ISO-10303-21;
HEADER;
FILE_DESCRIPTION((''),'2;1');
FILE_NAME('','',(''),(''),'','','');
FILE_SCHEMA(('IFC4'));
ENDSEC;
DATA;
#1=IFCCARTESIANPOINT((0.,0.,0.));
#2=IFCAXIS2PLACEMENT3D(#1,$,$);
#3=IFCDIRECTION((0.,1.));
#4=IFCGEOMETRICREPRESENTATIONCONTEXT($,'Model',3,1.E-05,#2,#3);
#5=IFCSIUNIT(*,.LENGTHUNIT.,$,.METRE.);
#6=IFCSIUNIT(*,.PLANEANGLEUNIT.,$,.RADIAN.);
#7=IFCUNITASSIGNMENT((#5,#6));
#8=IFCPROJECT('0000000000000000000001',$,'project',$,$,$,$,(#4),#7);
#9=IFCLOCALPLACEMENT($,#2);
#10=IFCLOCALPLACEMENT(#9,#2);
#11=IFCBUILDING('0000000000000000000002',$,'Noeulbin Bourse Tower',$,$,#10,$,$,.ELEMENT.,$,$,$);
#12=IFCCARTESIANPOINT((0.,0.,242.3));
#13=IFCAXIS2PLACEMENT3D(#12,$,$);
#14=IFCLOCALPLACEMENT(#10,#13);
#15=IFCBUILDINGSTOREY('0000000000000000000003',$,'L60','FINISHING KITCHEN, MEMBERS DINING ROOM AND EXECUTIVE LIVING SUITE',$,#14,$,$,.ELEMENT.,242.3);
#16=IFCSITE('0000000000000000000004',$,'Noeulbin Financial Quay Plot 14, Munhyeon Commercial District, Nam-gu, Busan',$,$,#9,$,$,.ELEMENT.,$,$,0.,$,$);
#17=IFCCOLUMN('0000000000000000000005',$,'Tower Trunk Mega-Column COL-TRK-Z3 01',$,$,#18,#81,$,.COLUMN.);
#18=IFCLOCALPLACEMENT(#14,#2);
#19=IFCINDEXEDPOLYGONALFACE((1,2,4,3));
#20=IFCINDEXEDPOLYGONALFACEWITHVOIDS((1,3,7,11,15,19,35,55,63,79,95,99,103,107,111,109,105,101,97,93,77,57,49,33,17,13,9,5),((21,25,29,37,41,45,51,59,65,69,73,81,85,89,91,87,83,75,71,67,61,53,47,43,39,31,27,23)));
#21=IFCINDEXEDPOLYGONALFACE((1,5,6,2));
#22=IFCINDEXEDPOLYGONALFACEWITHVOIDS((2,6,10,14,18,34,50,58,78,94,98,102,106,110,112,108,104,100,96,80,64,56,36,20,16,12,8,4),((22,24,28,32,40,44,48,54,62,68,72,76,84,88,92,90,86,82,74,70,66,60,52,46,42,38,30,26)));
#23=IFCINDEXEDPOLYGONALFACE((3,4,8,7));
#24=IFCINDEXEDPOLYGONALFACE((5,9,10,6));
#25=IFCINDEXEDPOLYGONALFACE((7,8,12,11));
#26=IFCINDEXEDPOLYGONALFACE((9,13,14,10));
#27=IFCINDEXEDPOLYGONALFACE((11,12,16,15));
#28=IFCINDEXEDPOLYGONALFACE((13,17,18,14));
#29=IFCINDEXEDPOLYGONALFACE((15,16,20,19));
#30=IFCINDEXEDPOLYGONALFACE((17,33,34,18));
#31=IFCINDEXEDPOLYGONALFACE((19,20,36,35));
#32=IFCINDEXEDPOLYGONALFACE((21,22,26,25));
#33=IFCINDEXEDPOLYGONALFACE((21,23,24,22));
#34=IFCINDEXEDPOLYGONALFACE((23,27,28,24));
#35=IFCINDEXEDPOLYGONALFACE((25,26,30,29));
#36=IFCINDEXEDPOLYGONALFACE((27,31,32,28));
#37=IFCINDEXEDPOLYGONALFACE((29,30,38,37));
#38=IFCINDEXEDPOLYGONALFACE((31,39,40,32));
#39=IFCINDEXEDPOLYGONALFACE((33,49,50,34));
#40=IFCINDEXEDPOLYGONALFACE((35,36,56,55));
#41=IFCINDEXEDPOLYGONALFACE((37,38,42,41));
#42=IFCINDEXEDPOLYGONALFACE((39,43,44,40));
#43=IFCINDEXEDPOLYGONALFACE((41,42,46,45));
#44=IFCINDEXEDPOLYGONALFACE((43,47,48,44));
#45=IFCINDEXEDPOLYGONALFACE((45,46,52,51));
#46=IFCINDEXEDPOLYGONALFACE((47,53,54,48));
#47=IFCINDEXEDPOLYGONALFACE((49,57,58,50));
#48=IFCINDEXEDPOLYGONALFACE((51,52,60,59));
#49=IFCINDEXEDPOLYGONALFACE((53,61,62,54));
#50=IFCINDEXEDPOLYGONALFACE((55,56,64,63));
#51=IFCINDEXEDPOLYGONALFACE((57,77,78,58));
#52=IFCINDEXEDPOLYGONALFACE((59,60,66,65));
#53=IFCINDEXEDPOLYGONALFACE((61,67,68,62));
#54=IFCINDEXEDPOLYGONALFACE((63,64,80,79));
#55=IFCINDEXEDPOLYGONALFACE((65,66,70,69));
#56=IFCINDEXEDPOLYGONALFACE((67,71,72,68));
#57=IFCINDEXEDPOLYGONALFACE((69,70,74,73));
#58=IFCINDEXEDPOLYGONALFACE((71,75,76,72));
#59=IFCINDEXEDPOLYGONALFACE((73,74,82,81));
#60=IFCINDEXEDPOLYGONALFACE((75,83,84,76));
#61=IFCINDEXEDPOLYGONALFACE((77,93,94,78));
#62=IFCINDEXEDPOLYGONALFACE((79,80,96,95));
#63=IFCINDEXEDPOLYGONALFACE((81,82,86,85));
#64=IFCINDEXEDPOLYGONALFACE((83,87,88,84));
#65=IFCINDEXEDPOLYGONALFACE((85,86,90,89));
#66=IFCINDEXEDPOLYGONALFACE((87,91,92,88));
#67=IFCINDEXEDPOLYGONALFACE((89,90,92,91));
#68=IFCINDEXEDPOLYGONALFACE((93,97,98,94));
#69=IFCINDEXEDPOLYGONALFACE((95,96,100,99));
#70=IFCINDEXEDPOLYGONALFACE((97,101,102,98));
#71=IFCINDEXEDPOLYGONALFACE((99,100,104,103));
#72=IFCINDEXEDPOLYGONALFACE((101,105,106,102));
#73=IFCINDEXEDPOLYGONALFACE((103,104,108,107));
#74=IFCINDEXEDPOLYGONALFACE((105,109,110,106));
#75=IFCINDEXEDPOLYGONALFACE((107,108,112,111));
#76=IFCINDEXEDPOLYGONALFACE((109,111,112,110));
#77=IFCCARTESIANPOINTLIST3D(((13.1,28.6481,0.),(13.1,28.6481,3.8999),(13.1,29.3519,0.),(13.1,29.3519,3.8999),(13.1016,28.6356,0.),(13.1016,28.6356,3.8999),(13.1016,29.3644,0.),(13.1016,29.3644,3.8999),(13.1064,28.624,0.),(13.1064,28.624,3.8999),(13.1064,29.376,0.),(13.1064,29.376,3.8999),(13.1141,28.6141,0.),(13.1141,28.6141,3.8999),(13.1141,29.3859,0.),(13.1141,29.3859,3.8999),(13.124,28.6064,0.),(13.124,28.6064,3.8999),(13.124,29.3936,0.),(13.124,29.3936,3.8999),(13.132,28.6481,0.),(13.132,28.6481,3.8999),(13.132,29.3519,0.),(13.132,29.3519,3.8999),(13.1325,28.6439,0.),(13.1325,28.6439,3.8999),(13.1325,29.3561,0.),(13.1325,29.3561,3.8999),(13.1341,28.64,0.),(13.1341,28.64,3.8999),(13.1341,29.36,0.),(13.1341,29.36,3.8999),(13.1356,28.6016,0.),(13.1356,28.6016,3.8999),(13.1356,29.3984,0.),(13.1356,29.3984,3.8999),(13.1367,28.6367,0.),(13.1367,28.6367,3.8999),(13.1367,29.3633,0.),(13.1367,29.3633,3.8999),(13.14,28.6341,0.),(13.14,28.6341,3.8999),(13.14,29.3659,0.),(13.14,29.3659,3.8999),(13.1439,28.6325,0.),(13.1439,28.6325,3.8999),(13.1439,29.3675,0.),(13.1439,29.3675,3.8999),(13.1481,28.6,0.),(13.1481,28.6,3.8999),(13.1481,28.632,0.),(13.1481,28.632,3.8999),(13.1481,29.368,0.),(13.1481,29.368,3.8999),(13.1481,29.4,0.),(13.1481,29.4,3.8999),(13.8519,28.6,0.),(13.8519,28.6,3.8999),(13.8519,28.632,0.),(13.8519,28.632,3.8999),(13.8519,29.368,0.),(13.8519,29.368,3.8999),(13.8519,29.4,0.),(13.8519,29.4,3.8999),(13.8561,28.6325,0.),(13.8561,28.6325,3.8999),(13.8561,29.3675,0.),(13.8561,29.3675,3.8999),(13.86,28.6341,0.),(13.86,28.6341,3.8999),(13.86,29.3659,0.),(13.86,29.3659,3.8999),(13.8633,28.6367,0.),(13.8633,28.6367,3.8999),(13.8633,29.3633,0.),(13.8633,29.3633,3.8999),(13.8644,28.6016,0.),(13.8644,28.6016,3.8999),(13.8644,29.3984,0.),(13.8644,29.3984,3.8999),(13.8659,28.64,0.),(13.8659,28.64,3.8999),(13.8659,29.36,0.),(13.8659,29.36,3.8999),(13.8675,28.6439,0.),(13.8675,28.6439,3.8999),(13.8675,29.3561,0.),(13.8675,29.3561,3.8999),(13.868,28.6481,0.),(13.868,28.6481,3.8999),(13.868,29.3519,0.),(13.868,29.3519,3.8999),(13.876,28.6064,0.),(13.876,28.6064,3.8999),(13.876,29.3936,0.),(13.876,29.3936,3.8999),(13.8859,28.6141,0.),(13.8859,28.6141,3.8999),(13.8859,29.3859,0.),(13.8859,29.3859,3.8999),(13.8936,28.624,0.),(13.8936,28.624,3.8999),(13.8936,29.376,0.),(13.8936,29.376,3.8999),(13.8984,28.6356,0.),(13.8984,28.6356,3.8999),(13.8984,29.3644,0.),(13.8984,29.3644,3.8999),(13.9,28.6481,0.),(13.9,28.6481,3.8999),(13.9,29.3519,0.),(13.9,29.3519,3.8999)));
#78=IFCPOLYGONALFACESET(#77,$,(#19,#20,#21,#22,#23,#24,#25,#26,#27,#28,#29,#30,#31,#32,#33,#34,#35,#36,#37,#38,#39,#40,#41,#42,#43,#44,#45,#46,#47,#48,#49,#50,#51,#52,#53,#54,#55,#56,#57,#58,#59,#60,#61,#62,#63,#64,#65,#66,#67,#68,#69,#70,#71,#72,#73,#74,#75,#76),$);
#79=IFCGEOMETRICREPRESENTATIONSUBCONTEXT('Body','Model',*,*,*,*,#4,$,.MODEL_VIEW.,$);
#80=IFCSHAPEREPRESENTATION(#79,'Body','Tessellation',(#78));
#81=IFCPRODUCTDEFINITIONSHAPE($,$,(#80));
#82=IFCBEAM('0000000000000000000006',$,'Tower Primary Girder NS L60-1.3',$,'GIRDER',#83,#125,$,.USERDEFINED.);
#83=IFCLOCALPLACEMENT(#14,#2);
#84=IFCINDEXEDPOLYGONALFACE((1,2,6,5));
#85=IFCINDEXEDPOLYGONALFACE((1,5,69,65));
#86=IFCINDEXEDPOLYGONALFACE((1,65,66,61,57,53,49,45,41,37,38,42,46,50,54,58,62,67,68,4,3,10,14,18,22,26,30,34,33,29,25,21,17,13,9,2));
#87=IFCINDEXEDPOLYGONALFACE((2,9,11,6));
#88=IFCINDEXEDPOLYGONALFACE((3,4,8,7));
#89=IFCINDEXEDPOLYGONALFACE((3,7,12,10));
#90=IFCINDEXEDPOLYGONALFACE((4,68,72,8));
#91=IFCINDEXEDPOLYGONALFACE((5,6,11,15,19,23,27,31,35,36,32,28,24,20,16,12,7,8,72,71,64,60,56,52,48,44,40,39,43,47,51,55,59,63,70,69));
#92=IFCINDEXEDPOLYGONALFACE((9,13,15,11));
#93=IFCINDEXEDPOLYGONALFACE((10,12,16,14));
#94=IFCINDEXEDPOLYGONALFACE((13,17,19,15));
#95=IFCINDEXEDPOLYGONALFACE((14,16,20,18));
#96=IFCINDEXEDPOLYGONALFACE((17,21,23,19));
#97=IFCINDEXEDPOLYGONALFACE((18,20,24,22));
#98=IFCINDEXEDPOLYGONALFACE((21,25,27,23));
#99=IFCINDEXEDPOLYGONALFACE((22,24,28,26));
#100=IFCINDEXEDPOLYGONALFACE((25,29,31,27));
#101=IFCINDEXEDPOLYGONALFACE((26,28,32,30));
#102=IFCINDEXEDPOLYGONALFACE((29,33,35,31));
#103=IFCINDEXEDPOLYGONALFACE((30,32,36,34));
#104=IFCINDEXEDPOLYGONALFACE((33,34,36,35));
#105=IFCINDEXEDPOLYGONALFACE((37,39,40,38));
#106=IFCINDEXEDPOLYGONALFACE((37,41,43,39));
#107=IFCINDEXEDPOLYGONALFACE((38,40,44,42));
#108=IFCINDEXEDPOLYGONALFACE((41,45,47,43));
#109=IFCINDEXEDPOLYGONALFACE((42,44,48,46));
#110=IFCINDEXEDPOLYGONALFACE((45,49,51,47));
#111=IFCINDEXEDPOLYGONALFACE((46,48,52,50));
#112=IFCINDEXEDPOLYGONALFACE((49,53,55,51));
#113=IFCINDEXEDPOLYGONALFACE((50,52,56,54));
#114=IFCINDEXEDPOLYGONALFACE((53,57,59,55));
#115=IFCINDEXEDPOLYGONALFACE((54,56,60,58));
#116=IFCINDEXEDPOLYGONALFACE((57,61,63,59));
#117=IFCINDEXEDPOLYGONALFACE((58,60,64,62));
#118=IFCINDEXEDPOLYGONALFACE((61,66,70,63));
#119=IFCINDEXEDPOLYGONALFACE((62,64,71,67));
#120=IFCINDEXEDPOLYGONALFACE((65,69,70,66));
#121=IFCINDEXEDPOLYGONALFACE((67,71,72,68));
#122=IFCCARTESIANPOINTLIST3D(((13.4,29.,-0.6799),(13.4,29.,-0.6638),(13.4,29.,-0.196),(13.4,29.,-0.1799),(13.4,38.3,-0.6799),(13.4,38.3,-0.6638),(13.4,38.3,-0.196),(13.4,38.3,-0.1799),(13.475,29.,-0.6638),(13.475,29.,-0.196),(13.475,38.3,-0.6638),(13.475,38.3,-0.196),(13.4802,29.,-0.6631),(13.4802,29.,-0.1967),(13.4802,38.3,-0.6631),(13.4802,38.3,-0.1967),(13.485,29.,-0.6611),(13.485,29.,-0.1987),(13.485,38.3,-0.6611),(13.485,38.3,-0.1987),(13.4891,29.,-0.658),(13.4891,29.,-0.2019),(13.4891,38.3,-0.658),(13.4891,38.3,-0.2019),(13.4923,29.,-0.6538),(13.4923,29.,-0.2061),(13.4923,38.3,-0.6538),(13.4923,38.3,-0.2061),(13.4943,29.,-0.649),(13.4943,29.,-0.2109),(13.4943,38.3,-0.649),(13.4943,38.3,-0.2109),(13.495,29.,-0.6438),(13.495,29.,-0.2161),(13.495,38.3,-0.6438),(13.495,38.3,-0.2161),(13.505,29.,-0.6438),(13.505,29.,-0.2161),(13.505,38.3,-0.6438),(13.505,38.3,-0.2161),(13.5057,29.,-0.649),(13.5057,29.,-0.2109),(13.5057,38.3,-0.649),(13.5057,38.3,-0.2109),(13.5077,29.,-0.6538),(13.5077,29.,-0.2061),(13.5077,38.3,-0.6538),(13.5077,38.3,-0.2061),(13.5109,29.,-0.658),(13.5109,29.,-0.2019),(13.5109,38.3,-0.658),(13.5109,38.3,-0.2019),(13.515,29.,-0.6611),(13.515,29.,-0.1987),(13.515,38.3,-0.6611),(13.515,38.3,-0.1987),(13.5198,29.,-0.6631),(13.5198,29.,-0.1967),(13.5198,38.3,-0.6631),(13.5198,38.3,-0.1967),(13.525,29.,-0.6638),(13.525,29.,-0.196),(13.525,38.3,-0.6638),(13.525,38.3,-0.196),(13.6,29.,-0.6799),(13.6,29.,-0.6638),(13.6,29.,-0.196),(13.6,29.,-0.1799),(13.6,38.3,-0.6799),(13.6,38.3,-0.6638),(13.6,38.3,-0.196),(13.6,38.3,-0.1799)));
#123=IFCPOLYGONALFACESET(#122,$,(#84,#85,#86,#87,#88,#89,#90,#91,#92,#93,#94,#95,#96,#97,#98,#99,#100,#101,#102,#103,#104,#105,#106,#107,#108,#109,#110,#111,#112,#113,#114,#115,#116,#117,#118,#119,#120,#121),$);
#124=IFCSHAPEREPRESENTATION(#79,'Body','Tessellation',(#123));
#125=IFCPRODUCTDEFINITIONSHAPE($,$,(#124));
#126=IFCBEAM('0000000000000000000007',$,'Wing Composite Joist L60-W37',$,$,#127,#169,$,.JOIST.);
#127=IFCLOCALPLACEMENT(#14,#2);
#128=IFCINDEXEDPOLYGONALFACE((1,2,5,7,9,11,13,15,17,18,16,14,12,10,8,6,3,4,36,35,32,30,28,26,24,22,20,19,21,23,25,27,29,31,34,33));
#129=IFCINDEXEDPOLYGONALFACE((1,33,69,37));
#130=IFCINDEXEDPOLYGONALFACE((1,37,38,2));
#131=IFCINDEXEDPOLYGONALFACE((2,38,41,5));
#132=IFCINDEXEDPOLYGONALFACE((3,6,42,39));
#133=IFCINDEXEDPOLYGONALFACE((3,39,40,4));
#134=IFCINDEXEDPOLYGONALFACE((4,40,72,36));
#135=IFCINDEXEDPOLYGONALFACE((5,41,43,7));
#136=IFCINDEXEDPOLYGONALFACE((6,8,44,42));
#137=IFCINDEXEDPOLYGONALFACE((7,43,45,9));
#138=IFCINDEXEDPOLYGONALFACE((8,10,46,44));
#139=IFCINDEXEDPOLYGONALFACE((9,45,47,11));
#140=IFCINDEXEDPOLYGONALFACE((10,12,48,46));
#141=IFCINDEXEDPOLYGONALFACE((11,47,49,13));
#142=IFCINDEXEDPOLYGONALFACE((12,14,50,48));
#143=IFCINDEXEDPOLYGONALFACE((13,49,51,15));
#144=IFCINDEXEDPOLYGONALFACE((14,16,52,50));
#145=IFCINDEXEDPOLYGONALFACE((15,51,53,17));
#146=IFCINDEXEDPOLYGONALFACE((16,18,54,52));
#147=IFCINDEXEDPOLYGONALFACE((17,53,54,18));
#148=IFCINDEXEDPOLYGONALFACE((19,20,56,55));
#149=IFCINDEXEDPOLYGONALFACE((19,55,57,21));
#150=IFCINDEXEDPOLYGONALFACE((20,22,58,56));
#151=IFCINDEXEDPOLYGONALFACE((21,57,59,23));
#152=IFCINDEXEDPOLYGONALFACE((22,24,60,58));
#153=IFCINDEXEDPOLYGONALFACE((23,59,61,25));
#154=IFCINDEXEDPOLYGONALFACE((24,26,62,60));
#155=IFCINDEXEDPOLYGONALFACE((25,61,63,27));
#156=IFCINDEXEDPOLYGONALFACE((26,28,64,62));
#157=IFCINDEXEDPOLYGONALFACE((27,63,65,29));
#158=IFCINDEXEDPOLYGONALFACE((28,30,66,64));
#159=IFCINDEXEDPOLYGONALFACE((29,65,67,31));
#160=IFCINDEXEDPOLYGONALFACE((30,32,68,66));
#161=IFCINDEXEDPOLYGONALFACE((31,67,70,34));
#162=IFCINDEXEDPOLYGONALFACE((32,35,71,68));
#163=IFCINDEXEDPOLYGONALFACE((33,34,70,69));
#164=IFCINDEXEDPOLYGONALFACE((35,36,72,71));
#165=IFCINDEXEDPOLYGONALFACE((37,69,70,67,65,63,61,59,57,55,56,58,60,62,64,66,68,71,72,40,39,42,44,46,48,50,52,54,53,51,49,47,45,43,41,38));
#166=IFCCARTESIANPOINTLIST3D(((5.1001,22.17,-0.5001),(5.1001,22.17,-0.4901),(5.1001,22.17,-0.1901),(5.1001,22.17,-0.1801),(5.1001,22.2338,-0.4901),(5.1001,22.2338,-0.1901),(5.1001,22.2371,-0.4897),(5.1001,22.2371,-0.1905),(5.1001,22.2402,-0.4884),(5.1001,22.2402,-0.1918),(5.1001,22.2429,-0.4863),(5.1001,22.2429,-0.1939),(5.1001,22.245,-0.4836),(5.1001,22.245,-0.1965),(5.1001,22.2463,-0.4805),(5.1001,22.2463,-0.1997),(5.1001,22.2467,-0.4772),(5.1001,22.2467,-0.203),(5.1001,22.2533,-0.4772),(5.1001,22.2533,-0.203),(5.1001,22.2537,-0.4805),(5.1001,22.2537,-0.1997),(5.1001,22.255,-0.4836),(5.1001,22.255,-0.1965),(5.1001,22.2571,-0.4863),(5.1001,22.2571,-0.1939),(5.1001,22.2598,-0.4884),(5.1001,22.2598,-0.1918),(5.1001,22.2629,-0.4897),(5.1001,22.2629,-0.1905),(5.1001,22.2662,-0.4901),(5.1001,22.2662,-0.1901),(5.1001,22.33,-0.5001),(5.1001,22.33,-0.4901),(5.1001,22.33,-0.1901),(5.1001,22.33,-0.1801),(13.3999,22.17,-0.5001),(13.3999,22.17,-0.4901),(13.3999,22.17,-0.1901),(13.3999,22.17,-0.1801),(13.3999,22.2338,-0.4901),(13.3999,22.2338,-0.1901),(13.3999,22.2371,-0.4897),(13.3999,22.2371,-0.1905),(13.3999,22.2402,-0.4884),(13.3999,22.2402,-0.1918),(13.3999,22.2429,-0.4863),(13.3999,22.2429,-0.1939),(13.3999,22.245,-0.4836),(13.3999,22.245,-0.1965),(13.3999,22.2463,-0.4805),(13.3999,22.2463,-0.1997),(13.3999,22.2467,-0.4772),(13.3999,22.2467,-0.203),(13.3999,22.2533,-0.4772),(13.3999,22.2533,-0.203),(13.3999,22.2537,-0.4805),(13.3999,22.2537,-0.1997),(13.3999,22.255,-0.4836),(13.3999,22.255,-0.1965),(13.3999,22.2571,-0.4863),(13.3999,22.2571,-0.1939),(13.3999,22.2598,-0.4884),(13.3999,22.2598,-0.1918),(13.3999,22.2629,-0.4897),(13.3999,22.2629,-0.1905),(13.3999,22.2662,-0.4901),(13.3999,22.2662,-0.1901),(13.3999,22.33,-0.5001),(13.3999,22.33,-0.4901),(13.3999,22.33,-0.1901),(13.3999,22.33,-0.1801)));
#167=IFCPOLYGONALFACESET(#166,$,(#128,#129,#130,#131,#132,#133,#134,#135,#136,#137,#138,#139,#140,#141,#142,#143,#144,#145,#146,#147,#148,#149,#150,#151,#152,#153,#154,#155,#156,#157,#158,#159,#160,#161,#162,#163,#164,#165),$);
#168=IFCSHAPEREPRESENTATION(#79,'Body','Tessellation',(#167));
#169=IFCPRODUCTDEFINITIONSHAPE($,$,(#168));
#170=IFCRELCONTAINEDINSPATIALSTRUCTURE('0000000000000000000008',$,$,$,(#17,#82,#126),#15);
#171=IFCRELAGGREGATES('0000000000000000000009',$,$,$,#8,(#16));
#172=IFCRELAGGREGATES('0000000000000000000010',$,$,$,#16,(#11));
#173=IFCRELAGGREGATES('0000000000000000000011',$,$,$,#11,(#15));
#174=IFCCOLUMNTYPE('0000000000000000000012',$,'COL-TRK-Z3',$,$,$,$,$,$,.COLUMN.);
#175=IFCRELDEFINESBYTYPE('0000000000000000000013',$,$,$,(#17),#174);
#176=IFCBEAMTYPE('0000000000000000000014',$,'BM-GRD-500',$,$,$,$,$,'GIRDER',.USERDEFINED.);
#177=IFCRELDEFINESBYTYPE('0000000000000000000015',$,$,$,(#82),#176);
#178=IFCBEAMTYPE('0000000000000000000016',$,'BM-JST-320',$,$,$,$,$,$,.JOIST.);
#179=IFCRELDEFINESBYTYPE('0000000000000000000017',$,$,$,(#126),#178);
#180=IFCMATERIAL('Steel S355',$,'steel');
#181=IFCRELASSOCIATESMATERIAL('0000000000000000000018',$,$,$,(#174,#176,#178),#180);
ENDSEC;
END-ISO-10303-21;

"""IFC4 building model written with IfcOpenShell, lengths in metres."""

from ifc_helpers import new_model, si_unit, direction, frame, origin, origin_2d, place, context, subcontext, project, spatial, hollow_rectangle, i_section, extrude, material, material_profile, profile_set, type_object, element, save


model = new_model("IFC4")

# Units and contexts
model_context = context("Model", 3, precision=1e-05, world=origin(), true_north=direction((0.0, 1.0)))
body_context = subcontext(model_context, "Body", "Model", "MODEL_VIEW")
ifc_project = project(units=[si_unit("LENGTHUNIT", "METRE"), si_unit("PLANEANGLEUNIT", "RADIAN")], contexts=[model_context])

# Site, building, storey
site_placement = place(None, origin())
site = spatial("IfcSite", under=ifc_project, at=site_placement, Name="Noeulbin Financial Quay Plot 14, Munhyeon Commercial District, Nam-gu, Busan", CompositionType="ELEMENT", RefElevation=0.0)
building_placement = place(site_placement, origin())
building = spatial("IfcBuilding", under=site, at=building_placement, Name="Noeulbin Bourse Tower", CompositionType="ELEMENT")
storey_placement = place(building_placement, frame((0.0, 0.0, 242.3)))
storey = spatial("IfcBuildingStorey", under=building, at=storey_placement, Name="L60", Description="FINISHING KITCHEN, MEMBERS DINING ROOM AND EXECUTIVE LIVING SUITE", CompositionType="ELEMENT", Elevation=242.3)

# Column
ifc_material_1 = material(Name="Steel S355", Category="steel")
ifc_material_profile_1 = material_profile(ifc_material_1, hollow_rectangle(XDim=0.8, YDim=0.8, WallThickness=0.032, InnerFilletRadius=0.0161, OuterFilletRadius=0.0481, at=origin_2d()), Name="BOX-800x800x32", Category="LoadBearing")
ifc_profile_set_1 = profile_set([ifc_material_profile_1], Name="Steel S355")
column_type = type_object("IfcColumnType", Name="COL-TRK-Z3", PredefinedType="COLUMN", material=ifc_profile_set_1)
column_placement = place(storey_placement, frame((13.5, 29.0, 0.0), z_axis=(0.0, 0.0, 1.0), x_axis=(1.0, 0.0, 0.0)))
element("IfcColumn", 1, at=column_placement, inside=storey, type_object=column_type, Name="Tower Trunk Mega-Column COL-TRK-Z3 01", PredefinedType="COLUMN", context=body_context, shape_type="SweptSolid", body=[
    extrude(hollow_rectangle(XDim=0.8, YDim=0.8, WallThickness=0.032, InnerFilletRadius=0.0161, OuterFilletRadius=0.0481, at=origin_2d()), origin(), (0.0, 0.0, 1.0), 3.8999),
])

# Beams
ifc_material_profile_2 = material_profile(ifc_material_1, i_section(OverallWidth=0.2, OverallDepth=0.5, WebThickness=0.01, FlangeThickness=0.0161, FilletRadius=0.02, at=origin_2d()), Name="H-500x200x10x16", Category="LoadBearing")
ifc_profile_set_2 = profile_set([ifc_material_profile_2], Name="Steel S355")
beam_type_1 = type_object("IfcBeamType", Name="BM-GRD-500", ElementType="GIRDER", PredefinedType="USERDEFINED", material=ifc_profile_set_2)
beam_placement = place(storey_placement, frame((13.5, 29.0, -0.4299), z_axis=(0.0, 1.0, 0.0), x_axis=(-1.0, 0.0, 0.0)))
element("IfcBeam", 2, at=beam_placement, inside=storey, type_object=beam_type_1, Name="Tower Primary Girder NS L60-1.3", ObjectType="GIRDER", PredefinedType="USERDEFINED", context=body_context, shape_type="SweptSolid", body=[
    extrude(i_section(OverallWidth=0.2, OverallDepth=0.5, WebThickness=0.01, FlangeThickness=0.0161, FilletRadius=0.02, at=origin_2d()), origin(), (0.0, 0.0, 1.0), 9.3),
])
ifc_material_profile_3 = material_profile(ifc_material_1, i_section(OverallWidth=0.1599, OverallDepth=0.3201, WebThickness=0.0066, FlangeThickness=0.01, FilletRadius=0.0129, at=origin_2d()), Name="H-320x160x6.5x10", Category="LoadBearing")
ifc_profile_set_3 = profile_set([ifc_material_profile_3], Name="Steel S355")
beam_type_2 = type_object("IfcBeamType", Name="BM-JST-320", PredefinedType="JOIST", material=ifc_profile_set_3)
for number, where, z_axis, x_axis, name in (
    (3, (5.1001, 22.25, -0.3401), (1.0, 0.0, 0.0), (0.0, 1.0, 0.0), "Wing Composite Joist L60-W37"),
):
    element("IfcBeam", number, at=place(storey_placement, frame(where, z_axis=z_axis, x_axis=x_axis)), inside=storey, type_object=beam_type_2, Name=name, PredefinedType="JOIST", context=body_context, shape_type="SweptSolid", body=[
        extrude(i_section(OverallWidth=0.1599, OverallDepth=0.3201, WebThickness=0.0066, FlangeThickness=0.01, FilletRadius=0.0129, at=origin_2d()), origin(), (0.0, 0.0, 1.0), 8.2998),
    ])

save(model, "model.ifc")
